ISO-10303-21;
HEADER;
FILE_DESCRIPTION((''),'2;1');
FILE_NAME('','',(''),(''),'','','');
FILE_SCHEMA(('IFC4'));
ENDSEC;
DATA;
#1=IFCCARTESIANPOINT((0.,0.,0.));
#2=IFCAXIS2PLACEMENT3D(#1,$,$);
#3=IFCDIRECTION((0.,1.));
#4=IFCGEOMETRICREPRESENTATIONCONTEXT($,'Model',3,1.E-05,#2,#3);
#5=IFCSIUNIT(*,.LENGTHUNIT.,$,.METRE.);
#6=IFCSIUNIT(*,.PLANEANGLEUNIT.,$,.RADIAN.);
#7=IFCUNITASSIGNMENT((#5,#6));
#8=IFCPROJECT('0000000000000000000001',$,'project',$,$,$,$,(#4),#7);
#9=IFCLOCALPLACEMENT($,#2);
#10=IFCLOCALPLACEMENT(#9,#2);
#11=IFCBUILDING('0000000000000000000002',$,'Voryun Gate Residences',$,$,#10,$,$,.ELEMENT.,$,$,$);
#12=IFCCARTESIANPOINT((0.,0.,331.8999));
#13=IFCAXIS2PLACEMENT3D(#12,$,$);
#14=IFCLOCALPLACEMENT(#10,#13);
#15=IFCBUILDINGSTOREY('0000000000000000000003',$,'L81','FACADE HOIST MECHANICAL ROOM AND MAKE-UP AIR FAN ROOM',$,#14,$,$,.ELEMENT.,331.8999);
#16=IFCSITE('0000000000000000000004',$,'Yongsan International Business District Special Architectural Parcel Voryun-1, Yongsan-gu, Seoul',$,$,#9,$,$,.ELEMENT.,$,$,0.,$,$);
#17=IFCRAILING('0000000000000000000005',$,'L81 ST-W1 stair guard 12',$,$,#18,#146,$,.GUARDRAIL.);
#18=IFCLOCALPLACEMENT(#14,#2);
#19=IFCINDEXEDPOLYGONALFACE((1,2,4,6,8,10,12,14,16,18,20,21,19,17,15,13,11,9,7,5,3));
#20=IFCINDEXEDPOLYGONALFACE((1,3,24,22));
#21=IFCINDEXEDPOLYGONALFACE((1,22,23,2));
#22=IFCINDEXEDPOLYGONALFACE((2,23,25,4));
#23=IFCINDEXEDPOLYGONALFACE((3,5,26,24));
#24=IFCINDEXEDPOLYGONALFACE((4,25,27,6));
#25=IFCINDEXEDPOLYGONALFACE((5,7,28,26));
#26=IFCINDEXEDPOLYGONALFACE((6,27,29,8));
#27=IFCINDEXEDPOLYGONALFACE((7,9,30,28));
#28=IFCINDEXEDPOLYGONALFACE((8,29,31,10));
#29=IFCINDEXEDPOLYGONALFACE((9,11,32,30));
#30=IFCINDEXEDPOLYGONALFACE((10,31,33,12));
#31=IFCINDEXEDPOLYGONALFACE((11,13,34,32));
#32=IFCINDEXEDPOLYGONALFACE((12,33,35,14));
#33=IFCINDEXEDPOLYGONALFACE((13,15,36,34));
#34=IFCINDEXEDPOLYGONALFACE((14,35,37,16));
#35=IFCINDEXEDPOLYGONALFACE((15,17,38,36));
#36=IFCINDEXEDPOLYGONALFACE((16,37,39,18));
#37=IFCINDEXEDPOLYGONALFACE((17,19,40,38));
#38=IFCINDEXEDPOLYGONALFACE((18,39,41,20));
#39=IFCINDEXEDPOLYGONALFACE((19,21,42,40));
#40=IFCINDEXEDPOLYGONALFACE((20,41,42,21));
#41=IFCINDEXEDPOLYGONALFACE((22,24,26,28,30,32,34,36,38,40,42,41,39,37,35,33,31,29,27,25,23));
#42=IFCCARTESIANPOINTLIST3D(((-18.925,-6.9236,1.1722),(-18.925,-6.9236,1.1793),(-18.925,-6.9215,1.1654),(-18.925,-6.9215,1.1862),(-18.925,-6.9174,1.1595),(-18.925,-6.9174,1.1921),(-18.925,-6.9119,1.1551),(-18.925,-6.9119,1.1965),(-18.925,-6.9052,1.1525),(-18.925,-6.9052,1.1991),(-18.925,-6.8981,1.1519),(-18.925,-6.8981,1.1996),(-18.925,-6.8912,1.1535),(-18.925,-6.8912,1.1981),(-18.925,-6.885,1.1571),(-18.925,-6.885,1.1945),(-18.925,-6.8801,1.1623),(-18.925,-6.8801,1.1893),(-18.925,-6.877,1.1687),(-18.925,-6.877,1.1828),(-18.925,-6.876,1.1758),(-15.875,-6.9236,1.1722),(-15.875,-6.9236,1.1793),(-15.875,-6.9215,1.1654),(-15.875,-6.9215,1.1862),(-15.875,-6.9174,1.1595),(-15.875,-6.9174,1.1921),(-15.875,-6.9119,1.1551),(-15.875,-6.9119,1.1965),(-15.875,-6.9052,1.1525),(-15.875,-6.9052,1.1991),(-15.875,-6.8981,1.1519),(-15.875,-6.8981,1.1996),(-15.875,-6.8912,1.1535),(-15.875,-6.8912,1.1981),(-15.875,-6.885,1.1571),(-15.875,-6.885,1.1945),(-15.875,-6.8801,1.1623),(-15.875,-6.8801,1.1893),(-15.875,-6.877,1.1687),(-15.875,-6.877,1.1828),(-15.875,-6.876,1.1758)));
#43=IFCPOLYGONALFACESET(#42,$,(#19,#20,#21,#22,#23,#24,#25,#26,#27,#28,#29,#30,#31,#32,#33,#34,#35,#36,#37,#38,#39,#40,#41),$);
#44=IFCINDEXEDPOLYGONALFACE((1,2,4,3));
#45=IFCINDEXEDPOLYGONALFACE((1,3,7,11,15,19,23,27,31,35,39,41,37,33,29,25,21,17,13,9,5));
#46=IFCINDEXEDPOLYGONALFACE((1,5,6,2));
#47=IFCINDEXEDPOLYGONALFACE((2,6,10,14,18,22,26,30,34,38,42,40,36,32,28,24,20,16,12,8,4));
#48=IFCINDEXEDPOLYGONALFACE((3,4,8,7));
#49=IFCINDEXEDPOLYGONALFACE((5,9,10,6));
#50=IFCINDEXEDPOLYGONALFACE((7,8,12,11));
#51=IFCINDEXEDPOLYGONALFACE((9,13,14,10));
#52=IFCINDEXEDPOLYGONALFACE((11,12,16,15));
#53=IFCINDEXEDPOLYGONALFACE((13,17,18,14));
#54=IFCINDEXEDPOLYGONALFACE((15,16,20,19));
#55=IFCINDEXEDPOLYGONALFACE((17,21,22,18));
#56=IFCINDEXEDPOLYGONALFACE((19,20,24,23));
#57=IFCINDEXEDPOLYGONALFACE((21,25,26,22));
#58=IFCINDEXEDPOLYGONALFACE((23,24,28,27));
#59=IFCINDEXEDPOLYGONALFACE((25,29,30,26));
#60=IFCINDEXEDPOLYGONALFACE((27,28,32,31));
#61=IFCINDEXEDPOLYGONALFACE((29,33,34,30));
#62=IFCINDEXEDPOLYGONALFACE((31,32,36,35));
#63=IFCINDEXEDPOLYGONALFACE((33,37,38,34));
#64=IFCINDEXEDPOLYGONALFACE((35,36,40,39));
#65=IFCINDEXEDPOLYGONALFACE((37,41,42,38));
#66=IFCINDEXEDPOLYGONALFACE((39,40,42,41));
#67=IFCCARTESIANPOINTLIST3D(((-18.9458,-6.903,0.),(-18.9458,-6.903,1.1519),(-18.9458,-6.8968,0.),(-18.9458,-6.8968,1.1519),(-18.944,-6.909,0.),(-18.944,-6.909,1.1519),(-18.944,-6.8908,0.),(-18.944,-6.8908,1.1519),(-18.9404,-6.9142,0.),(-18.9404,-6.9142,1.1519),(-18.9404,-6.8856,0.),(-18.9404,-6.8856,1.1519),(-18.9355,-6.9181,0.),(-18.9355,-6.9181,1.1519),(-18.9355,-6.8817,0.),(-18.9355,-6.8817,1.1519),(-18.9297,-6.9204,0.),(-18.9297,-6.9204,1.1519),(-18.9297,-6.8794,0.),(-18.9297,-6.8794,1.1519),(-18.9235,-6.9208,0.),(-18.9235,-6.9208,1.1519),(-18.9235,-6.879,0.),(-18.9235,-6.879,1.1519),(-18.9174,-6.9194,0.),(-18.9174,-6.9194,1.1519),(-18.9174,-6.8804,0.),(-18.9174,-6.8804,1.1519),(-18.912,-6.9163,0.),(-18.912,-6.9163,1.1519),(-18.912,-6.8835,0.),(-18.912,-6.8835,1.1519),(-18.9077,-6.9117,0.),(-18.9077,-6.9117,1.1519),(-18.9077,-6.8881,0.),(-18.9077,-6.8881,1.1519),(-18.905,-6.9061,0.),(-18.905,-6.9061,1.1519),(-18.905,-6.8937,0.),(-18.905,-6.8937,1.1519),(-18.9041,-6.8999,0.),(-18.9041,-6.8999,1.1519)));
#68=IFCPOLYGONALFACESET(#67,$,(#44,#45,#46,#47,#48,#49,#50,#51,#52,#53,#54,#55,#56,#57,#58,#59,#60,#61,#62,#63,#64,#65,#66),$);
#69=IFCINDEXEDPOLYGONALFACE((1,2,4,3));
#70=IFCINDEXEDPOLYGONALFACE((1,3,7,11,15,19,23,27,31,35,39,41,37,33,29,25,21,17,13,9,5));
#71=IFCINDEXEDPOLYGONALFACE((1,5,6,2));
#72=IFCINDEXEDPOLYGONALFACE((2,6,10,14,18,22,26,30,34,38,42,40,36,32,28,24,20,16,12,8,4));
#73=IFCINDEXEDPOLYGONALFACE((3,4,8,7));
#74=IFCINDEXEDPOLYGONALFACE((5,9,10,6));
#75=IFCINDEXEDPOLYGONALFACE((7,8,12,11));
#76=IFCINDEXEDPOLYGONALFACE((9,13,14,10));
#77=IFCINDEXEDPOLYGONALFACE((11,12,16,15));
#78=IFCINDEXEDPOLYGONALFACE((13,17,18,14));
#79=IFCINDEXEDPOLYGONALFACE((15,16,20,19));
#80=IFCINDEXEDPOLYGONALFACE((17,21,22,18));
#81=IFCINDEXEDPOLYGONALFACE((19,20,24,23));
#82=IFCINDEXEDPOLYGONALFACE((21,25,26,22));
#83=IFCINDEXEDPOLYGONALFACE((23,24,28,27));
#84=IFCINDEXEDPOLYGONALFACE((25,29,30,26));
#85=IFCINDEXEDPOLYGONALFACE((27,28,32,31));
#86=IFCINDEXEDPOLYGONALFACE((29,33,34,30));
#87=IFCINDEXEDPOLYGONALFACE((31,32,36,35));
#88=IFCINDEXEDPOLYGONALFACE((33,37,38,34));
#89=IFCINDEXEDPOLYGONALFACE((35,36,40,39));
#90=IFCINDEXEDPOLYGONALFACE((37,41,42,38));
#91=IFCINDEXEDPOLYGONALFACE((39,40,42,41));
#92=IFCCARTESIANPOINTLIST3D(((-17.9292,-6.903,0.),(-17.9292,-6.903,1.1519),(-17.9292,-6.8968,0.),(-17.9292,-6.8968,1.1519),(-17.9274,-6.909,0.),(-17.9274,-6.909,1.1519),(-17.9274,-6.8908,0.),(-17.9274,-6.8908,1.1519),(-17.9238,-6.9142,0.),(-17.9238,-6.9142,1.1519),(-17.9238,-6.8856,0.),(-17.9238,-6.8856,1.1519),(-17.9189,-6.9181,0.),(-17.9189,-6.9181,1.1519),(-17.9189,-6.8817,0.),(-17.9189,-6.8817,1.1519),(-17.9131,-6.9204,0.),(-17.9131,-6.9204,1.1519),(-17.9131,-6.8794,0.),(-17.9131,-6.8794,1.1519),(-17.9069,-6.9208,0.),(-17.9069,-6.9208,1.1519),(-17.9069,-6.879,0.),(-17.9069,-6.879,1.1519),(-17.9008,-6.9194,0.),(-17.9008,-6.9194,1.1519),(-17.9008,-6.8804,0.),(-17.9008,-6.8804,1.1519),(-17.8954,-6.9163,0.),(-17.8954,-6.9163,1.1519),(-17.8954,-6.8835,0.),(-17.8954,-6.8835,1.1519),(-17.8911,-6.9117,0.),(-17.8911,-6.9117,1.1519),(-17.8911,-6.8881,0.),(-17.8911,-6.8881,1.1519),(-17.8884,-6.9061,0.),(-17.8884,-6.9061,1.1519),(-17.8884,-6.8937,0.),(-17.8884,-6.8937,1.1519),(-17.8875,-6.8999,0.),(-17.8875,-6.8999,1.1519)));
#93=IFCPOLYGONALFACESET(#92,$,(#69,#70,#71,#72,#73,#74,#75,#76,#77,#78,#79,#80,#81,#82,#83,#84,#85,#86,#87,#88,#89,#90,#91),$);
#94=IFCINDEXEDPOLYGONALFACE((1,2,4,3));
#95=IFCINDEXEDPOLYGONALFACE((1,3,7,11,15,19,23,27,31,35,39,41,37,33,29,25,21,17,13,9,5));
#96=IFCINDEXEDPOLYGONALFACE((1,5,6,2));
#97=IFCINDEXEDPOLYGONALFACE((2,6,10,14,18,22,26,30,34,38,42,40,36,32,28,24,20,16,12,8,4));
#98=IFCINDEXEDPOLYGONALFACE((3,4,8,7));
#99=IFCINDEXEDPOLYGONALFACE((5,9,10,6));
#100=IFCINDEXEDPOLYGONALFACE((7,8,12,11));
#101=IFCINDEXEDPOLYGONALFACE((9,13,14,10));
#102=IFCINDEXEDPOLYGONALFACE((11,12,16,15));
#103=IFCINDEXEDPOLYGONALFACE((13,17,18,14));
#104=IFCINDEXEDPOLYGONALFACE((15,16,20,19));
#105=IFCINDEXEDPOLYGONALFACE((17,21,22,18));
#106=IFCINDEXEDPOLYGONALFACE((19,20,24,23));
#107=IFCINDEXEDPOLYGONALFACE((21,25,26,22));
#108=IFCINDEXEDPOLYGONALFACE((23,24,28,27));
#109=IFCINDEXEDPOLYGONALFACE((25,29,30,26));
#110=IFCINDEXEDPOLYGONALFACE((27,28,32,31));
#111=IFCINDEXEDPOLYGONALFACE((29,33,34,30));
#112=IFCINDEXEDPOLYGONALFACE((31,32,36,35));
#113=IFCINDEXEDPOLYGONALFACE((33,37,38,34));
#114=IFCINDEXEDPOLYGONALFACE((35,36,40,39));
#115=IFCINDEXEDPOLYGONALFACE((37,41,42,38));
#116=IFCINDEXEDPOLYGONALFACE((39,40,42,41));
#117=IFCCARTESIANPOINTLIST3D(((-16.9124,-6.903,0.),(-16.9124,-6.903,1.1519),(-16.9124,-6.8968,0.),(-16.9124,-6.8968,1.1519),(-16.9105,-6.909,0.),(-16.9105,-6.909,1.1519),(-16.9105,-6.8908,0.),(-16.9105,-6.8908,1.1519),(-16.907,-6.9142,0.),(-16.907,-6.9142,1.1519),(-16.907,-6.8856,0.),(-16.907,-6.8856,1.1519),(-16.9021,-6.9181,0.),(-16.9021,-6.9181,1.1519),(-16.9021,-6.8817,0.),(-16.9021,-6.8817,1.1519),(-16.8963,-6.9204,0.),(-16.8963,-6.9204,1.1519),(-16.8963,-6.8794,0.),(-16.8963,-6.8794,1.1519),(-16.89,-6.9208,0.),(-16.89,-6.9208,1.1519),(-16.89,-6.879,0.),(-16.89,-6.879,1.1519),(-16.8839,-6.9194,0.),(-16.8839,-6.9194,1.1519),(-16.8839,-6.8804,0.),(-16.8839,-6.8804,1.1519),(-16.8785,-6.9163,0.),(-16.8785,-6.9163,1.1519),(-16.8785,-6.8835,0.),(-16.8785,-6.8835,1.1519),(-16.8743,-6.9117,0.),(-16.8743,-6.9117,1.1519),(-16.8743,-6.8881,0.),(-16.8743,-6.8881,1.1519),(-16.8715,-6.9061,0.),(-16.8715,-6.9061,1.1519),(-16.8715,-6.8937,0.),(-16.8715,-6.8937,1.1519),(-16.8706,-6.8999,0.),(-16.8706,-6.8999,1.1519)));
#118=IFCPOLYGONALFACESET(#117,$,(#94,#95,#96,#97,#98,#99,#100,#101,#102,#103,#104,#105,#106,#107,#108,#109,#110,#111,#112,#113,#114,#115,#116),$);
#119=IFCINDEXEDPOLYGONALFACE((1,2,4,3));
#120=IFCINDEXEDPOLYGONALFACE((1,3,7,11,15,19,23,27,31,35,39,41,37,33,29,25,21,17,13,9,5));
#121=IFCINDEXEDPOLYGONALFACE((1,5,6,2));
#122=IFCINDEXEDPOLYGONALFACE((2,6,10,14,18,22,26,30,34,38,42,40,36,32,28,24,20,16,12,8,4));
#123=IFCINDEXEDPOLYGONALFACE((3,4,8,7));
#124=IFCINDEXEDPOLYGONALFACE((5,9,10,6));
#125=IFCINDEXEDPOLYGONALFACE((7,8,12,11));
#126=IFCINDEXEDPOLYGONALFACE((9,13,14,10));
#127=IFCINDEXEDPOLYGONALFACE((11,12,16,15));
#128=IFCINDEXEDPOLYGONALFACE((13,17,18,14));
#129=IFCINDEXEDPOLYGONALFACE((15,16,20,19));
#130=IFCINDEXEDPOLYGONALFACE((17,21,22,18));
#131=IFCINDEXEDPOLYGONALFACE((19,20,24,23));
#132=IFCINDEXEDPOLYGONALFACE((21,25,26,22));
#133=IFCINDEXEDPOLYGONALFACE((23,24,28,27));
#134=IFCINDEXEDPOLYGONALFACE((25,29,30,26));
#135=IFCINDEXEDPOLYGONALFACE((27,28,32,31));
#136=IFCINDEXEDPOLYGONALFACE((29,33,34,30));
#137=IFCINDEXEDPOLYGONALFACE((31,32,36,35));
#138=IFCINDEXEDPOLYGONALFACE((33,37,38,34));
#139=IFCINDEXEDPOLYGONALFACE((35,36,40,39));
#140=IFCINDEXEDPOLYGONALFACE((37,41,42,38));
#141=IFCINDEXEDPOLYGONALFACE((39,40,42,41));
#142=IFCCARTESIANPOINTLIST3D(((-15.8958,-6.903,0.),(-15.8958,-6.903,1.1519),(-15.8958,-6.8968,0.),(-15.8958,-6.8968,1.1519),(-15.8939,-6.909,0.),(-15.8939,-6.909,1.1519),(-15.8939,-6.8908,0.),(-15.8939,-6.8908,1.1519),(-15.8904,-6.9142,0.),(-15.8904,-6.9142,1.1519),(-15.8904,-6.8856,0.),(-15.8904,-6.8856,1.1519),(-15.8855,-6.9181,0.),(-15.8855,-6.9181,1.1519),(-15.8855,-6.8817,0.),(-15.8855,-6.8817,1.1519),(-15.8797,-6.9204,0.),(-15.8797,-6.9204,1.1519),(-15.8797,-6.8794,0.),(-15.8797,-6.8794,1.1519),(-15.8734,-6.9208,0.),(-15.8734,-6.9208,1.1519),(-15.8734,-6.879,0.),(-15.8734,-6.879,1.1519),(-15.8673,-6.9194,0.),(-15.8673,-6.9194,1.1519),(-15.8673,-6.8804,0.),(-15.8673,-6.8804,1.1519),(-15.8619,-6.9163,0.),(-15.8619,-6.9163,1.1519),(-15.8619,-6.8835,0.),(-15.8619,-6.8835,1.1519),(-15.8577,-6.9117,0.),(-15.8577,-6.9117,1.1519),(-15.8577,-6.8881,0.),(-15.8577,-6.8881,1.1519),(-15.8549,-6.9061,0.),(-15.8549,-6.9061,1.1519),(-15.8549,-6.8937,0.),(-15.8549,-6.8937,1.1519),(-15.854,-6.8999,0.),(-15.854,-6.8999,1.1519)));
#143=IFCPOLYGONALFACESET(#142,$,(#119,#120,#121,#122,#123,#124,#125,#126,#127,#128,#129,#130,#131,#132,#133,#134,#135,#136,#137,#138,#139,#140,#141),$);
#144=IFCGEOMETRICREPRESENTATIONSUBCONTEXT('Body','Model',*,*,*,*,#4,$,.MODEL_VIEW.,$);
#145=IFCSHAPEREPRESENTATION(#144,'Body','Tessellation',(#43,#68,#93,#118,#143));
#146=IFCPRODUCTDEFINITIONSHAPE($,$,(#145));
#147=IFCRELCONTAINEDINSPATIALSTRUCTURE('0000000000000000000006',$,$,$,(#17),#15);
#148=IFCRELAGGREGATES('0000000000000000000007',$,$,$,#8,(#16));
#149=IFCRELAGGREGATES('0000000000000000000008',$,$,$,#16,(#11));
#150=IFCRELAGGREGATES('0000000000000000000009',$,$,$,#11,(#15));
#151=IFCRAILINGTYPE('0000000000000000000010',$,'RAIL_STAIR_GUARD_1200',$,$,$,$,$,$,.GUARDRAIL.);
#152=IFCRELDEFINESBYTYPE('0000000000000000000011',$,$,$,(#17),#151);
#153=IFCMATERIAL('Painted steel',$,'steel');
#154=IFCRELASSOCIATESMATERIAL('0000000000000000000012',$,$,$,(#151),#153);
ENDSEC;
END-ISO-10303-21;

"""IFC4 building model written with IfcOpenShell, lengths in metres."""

from ifc_helpers import new_model, si_unit, direction, frame, origin, origin_2d, place, context, subcontext, project, spatial, circle, extrude, material, type_object, element, save


model = new_model("IFC4")

# Units and contexts
model_context = context("Model", 3, precision=1e-05, world=origin(), true_north=direction((0.0, 1.0)))
body_context = subcontext(model_context, "Body", "Model", "MODEL_VIEW")
ifc_project = project(units=[si_unit("LENGTHUNIT", "METRE"), si_unit("PLANEANGLEUNIT", "RADIAN")], contexts=[model_context])

# Site, building, storey
site_placement = place(None, origin())
site = spatial("IfcSite", under=ifc_project, at=site_placement, Name="Yongsan International Business District Special Architectural Parcel Voryun-1, Yongsan-gu, Seoul", CompositionType="ELEMENT", RefElevation=0.0)
building_placement = place(site_placement, origin())
building = spatial("IfcBuilding", under=site, at=building_placement, Name="Voryun Gate Residences", CompositionType="ELEMENT")
storey_placement = place(building_placement, frame((0.0, 0.0, 331.8999)))
storey = spatial("IfcBuildingStorey", under=building, at=storey_placement, Name="L81", Description="FACADE HOIST MECHANICAL ROOM AND MAKE-UP AIR FAN ROOM", CompositionType="ELEMENT", Elevation=331.8999)

# Railing
ifc_material_1 = material(Name="Painted steel", Category="steel")
railing_type = type_object("IfcRailingType", Name="RAIL_STAIR_GUARD_1200", PredefinedType="GUARDRAIL", material=ifc_material_1)
railing_1_placement = place(storey_placement, frame((-18.925, -6.8999, 0.0)))
element("IfcRailing", 1, at=railing_1_placement, inside=storey, type_object=railing_type, Name="L81 ST-W1 stair guard 12", PredefinedType="GUARDRAIL", context=body_context, shape_type="SweptSolid", body=[
    extrude(circle(Radius=0.0239, at=origin_2d()), frame((0.0, 0.0, 1.1758), z_axis=(1.0, 0.0, 0.0), x_axis=(0.0, 1.0, 0.0)), (0.0, 0.0, 1.0), 3.05),
    extrude(circle(Radius=0.021, at=origin_2d()), origin(), (0.0, 0.0, 1.0), 1.1519),
    extrude(circle(Radius=0.021, at=origin_2d()), frame((1.0166, 0.0, 0.0)), (0.0, 0.0, 1.0), 1.1519),
    extrude(circle(Radius=0.021, at=origin_2d()), frame((2.0334, 0.0, 0.0)), (0.0, 0.0, 1.0), 1.1519),
    extrude(circle(Radius=0.021, at=origin_2d()), frame((3.05, 0.0, 0.0)), (0.0, 0.0, 1.0), 1.1519),
])

save(model, "model.ifc")
